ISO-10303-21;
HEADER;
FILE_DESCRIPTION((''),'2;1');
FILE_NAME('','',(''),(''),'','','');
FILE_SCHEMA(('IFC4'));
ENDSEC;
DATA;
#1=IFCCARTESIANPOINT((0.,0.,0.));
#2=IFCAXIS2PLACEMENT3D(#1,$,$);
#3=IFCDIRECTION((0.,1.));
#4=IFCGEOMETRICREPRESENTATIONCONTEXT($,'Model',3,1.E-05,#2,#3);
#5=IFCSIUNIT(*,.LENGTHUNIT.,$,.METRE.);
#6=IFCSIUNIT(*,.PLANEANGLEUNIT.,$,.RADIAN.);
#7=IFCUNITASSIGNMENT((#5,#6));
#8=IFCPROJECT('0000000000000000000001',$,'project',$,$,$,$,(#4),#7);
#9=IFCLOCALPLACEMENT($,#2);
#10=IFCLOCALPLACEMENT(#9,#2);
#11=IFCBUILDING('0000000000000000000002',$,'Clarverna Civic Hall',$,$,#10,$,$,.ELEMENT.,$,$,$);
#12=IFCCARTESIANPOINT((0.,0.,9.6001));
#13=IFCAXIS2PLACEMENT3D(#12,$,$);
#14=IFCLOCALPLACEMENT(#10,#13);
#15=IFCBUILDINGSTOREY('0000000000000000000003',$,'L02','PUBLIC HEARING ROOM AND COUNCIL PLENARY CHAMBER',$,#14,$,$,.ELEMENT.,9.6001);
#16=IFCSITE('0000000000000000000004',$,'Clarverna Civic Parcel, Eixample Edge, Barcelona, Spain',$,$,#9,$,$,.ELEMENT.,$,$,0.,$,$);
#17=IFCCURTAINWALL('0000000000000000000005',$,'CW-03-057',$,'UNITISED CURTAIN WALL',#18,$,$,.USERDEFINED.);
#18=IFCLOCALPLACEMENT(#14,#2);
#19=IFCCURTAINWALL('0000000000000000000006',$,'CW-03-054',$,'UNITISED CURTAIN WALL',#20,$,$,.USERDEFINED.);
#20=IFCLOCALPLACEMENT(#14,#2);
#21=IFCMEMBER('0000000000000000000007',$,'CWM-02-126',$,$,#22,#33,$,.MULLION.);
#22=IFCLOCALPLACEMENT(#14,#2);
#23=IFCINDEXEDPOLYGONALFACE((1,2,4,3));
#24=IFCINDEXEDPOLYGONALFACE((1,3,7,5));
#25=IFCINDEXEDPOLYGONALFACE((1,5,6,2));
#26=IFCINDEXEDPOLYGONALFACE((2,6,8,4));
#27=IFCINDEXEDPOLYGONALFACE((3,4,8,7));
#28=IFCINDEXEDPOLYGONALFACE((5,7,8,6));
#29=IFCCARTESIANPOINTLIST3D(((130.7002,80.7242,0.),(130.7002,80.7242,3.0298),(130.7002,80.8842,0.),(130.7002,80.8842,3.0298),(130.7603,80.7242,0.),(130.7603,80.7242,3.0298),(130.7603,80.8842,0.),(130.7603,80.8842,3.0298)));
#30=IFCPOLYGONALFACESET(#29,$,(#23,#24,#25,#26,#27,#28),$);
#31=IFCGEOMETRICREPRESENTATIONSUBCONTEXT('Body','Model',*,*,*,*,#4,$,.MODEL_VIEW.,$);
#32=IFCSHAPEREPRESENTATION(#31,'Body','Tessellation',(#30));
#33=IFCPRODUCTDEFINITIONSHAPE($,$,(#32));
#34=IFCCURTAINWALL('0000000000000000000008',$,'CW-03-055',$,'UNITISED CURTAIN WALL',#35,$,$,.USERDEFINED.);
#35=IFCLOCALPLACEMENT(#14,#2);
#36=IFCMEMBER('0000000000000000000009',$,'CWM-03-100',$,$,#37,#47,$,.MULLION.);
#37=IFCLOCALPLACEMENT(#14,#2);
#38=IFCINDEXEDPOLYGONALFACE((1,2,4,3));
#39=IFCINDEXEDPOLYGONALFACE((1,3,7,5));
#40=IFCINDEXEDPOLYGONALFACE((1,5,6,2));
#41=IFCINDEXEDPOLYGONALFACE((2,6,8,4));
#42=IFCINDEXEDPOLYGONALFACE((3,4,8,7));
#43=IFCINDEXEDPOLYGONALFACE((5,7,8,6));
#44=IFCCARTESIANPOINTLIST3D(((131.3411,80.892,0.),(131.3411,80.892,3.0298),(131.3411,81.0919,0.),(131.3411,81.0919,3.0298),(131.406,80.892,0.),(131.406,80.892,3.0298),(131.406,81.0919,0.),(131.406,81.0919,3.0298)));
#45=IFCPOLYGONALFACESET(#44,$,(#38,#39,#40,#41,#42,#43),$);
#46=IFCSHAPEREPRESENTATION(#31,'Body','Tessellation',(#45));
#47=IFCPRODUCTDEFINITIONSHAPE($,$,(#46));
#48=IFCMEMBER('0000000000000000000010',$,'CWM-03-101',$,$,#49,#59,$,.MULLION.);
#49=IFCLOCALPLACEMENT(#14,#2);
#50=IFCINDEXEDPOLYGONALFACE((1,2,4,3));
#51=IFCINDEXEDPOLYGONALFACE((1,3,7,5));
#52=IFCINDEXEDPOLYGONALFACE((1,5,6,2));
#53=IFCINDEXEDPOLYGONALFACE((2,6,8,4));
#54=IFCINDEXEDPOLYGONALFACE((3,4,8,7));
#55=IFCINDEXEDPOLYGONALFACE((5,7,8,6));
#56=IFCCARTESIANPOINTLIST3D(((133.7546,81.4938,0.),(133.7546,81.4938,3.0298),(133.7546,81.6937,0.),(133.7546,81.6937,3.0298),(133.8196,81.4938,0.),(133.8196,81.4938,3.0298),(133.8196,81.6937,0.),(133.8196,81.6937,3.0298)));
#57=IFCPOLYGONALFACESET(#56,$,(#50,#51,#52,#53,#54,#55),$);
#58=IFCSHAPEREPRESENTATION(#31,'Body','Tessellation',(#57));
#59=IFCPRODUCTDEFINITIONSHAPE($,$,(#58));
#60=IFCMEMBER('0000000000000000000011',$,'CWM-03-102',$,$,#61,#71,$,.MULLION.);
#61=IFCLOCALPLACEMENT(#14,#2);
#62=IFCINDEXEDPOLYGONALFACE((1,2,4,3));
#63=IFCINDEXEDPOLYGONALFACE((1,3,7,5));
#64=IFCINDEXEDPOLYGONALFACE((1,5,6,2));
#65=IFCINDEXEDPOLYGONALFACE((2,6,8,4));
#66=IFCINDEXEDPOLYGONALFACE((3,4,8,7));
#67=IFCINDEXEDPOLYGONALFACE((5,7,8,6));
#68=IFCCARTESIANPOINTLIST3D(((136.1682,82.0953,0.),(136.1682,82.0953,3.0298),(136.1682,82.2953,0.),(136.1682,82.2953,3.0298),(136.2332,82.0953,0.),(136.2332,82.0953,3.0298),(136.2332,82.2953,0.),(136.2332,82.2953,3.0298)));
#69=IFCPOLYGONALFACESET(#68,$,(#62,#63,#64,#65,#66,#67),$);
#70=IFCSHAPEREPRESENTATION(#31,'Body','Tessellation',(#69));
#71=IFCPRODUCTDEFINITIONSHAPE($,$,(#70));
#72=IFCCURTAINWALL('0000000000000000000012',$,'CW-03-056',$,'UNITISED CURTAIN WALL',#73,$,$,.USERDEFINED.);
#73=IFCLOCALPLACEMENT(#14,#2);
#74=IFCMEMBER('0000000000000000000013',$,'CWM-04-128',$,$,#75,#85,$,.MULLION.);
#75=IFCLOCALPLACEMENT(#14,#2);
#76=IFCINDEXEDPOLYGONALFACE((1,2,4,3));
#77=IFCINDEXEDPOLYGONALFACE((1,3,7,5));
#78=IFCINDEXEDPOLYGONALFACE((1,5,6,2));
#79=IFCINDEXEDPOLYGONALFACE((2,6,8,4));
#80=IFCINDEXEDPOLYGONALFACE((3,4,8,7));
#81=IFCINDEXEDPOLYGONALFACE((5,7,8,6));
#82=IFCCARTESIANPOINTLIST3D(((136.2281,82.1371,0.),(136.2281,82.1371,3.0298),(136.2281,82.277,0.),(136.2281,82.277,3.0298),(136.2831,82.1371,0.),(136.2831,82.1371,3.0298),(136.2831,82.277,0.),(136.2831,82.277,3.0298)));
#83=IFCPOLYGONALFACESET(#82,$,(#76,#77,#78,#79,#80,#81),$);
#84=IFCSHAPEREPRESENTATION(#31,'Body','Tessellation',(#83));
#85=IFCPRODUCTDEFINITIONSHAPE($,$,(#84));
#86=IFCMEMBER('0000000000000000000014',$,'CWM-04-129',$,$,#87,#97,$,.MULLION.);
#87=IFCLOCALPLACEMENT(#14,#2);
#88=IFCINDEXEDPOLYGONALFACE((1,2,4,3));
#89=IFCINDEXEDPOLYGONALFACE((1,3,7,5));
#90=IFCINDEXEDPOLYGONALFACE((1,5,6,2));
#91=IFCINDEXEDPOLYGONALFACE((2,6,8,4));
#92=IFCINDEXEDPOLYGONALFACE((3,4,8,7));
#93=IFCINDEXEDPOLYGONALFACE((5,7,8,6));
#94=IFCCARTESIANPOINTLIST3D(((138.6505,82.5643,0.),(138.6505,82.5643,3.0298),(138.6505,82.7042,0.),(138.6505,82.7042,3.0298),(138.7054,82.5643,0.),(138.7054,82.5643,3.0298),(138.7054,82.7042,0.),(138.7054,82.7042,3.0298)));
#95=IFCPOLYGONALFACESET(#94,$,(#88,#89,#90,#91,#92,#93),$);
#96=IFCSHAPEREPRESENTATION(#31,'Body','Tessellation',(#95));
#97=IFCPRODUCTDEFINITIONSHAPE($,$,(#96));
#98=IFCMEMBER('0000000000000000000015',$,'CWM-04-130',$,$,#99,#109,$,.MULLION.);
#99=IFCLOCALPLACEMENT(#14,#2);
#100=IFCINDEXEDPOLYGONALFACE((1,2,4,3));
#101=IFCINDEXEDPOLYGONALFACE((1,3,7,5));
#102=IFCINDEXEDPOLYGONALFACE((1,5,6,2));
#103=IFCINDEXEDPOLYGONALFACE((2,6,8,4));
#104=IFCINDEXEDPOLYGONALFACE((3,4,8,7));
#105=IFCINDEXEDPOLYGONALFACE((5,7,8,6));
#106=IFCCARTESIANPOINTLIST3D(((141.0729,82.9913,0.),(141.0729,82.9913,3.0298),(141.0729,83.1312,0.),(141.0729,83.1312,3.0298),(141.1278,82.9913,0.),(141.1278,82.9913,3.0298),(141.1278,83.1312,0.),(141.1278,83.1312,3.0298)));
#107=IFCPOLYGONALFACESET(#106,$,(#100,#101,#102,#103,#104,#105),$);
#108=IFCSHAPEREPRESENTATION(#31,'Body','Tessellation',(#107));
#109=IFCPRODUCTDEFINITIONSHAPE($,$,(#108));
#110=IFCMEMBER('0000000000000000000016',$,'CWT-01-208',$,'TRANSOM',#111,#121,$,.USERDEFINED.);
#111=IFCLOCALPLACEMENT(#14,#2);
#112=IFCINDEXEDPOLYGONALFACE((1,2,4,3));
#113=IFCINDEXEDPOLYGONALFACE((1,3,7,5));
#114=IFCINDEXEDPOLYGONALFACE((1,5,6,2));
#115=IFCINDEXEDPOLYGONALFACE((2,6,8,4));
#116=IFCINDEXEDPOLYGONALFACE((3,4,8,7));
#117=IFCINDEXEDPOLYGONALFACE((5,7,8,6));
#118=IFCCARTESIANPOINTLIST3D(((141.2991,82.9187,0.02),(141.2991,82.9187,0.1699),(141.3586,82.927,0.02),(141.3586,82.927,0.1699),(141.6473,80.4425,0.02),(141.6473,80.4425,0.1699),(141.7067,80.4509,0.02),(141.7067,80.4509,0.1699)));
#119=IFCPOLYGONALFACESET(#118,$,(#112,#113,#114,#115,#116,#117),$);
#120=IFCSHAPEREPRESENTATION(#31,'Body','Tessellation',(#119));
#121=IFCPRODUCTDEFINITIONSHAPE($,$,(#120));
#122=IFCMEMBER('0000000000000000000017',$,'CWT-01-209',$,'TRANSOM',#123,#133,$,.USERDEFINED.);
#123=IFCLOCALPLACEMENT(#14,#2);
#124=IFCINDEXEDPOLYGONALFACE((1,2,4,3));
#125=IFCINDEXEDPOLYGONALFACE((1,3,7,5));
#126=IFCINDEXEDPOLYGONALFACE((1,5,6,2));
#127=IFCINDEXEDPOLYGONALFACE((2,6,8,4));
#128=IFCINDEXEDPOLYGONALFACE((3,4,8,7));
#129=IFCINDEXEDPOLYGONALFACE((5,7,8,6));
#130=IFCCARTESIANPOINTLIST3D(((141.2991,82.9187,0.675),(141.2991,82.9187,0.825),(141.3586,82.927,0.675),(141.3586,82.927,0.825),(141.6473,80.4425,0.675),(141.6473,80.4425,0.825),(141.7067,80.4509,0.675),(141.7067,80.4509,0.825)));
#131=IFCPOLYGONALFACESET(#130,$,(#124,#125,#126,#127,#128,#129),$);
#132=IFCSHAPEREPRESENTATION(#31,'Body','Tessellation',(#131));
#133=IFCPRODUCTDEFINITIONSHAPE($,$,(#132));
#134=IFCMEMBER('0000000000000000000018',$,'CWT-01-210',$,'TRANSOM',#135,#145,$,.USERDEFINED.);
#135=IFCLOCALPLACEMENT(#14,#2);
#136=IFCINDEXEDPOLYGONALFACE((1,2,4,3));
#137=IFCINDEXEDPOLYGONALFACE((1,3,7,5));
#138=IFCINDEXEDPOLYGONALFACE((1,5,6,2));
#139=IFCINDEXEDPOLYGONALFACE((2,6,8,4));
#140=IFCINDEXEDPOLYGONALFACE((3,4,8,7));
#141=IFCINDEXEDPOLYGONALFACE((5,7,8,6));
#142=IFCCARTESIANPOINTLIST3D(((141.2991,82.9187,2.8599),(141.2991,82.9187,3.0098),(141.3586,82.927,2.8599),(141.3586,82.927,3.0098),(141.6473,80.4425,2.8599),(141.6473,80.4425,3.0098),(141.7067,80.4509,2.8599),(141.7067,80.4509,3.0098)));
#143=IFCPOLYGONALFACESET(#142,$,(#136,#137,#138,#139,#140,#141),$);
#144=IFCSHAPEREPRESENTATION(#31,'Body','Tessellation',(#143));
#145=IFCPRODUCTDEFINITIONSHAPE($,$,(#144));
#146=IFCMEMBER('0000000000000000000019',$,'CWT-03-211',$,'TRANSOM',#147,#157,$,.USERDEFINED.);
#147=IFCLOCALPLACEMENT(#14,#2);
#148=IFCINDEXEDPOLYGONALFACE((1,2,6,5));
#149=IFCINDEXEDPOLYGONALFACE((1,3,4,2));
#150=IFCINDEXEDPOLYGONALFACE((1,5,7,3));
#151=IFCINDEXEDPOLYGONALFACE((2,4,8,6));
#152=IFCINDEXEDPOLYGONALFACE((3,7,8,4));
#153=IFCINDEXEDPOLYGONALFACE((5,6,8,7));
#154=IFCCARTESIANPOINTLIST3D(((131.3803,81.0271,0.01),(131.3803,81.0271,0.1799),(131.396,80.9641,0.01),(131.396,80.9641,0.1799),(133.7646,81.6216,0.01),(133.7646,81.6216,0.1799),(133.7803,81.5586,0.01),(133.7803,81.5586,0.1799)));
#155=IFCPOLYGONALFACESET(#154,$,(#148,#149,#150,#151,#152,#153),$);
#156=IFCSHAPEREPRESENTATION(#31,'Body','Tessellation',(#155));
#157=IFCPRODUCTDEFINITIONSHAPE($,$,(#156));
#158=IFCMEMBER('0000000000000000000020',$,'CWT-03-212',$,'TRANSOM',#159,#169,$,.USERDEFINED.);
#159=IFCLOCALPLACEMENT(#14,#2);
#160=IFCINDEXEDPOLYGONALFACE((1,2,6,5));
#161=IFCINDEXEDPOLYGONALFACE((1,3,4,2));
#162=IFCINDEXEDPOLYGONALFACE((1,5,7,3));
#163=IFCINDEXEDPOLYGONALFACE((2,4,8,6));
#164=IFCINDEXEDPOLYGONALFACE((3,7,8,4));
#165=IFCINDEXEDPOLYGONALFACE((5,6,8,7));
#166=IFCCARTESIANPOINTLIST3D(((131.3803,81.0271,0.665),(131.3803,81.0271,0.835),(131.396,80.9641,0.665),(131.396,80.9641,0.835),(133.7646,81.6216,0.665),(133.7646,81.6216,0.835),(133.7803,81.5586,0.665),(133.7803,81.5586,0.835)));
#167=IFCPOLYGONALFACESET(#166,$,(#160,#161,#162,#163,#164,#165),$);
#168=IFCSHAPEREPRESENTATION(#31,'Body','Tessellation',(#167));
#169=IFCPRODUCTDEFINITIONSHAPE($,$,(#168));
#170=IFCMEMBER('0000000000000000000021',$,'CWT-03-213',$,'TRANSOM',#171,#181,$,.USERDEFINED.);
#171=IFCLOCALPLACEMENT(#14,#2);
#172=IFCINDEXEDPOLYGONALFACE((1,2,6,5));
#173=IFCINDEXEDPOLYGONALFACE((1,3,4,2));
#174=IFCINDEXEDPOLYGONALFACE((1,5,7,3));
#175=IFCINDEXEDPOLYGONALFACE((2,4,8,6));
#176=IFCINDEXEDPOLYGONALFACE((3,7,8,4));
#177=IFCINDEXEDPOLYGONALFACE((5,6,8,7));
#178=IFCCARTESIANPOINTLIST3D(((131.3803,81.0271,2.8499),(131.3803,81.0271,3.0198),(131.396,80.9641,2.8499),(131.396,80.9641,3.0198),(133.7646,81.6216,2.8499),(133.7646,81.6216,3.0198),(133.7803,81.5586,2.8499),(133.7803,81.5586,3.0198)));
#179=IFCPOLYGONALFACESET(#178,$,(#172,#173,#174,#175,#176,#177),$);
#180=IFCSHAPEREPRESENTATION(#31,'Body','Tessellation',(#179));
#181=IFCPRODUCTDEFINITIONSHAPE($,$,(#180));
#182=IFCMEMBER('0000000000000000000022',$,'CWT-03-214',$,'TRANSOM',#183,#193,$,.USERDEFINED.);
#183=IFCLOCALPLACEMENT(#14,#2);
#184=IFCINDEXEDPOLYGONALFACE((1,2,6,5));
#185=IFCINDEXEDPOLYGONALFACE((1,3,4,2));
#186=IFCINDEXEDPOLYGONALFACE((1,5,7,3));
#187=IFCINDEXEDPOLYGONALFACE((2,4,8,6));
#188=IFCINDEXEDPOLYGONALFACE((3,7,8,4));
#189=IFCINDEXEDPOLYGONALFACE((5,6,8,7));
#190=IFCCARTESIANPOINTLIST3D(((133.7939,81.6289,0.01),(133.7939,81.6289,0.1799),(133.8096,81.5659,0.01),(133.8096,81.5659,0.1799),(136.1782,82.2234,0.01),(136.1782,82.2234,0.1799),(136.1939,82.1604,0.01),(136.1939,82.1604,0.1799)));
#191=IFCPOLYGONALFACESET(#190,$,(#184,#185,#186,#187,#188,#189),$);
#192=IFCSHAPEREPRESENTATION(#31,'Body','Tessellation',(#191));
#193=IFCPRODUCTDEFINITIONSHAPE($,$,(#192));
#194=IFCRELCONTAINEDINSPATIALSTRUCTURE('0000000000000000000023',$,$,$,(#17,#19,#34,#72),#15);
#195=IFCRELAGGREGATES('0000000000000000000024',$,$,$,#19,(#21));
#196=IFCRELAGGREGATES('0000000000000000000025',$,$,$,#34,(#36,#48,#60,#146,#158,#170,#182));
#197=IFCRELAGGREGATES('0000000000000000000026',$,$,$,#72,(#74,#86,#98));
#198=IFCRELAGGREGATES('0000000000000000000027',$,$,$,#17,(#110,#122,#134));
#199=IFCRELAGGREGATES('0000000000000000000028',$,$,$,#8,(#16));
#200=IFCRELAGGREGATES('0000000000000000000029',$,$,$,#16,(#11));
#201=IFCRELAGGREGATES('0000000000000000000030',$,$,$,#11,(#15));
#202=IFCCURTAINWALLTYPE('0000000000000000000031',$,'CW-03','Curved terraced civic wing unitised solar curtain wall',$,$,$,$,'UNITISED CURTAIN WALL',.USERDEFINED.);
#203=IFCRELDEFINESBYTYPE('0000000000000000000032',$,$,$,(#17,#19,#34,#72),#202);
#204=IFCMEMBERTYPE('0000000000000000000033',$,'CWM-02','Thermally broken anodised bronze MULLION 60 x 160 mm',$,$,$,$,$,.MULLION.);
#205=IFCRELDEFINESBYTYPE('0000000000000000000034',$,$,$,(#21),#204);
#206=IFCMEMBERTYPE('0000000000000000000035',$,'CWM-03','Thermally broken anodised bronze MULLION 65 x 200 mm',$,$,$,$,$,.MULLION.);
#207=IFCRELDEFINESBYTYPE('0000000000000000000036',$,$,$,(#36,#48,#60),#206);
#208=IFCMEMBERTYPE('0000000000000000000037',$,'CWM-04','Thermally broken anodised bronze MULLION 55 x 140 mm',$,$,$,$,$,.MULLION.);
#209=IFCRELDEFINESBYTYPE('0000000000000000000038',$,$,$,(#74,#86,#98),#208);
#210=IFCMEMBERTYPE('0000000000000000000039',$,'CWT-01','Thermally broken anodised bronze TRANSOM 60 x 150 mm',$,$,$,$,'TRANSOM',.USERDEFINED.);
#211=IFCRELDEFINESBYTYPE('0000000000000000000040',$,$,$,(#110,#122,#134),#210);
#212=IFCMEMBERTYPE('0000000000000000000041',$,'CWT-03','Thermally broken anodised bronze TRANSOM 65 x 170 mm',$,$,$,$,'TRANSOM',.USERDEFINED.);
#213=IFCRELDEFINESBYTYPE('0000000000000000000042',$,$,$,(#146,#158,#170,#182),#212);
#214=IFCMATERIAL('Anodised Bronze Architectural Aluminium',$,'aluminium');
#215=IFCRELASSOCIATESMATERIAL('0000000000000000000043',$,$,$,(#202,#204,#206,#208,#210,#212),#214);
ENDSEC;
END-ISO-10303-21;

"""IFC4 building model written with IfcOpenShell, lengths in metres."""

from ifc_helpers import new_model, si_unit, direction, frame, origin, origin_2d, place, context, subcontext, project, spatial, rectangle, extrude, material, material_profile, profile_set, type_object, element, aggregate, save


model = new_model("IFC4")

# Units and contexts
model_context = context("Model", 3, precision=1e-05, world=origin(), true_north=direction((0.0, 1.0)))
body_context = subcontext(model_context, "Body", "Model", "MODEL_VIEW")
ifc_project = project(units=[si_unit("LENGTHUNIT", "METRE"), si_unit("PLANEANGLEUNIT", "RADIAN")], contexts=[model_context])

# Site, building, storey
site_placement = place(None, origin())
site = spatial("IfcSite", under=ifc_project, at=site_placement, Name="Clarverna Civic Parcel, Eixample Edge, Barcelona, Spain", CompositionType="ELEMENT", RefElevation=0.0)
building_placement = place(site_placement, origin())
building = spatial("IfcBuilding", under=site, at=building_placement, Name="Clarverna Civic Hall", CompositionType="ELEMENT")
storey_placement = place(building_placement, frame((0.0, 0.0, 9.6001)))
storey = spatial("IfcBuildingStorey", under=building, at=storey_placement, Name="L02", Description="PUBLIC HEARING ROOM AND COUNCIL PLENARY CHAMBER", CompositionType="ELEMENT", Elevation=9.6001)

# Curtain wall
ifc_material_1 = material(Name="Anodised Bronze Architectural Aluminium", Category="aluminium")
curtain_wall_type = type_object("IfcCurtainWallType", Name="CW-03", Description="Curved terraced civic wing unitised solar curtain wall", ElementType="UNITISED CURTAIN WALL", PredefinedType="USERDEFINED", material=ifc_material_1)
curtain_wall_1_placement = place(storey_placement, origin())
curtain_wall_1 = element("IfcCurtainWall", 1, at=curtain_wall_1_placement, inside=storey, type_object=curtain_wall_type, Name="CW-03-057", ObjectType="UNITISED CURTAIN WALL", PredefinedType="USERDEFINED")

# Curtain wall, member
curtain_wall_2_placement = place(storey_placement, origin())
curtain_wall_2 = element("IfcCurtainWall", 2, at=curtain_wall_2_placement, inside=storey, type_object=curtain_wall_type, Name="CW-03-054", ObjectType="UNITISED CURTAIN WALL", PredefinedType="USERDEFINED")
ifc_material_profile_1 = material_profile(ifc_material_1, rectangle(XDim=0.0601, YDim=0.1599, at=origin_2d()), Name="BRONZE 60x160")
ifc_profile_set_1 = profile_set([ifc_material_profile_1], Name="Anodised Bronze Architectural Aluminium")
member_type_1 = type_object("IfcMemberType", Name="CWM-02", Description="Thermally broken anodised bronze MULLION 60 x 160 mm", PredefinedType="MULLION", material=ifc_profile_set_1)
member_1_placement = place(storey_placement, frame((130.7302, 80.8042, 0.0), z_axis=(0.0, 0.0, 1.0), x_axis=(1.0, 0.0, 0.0)))
member_1 = element("IfcMember", 3, at=member_1_placement, type_object=member_type_1, Name="CWM-02-126", PredefinedType="MULLION", context=body_context, shape_type="SweptSolid", body=[
    extrude(rectangle(XDim=0.0601, YDim=0.1599, at=origin_2d()), origin(), (0.0, 0.0, 1.0), 3.0298),
])
aggregate(curtain_wall_2, [member_1])

# Curtain walls, members
curtain_wall_3_placement = place(storey_placement, origin())
curtain_wall_3 = element("IfcCurtainWall", 4, at=curtain_wall_3_placement, inside=storey, type_object=curtain_wall_type, Name="CW-03-055", ObjectType="UNITISED CURTAIN WALL", PredefinedType="USERDEFINED")
ifc_material_profile_2 = material_profile(ifc_material_1, rectangle(XDim=0.0649, YDim=0.2, at=origin_2d()), Name="BRONZE 65x200")
ifc_profile_set_2 = profile_set([ifc_material_profile_2], Name="Anodised Bronze Architectural Aluminium")
member_type_2 = type_object("IfcMemberType", Name="CWM-03", Description="Thermally broken anodised bronze MULLION 65 x 200 mm", PredefinedType="MULLION", material=ifc_profile_set_2)
member_2_placement = place(storey_placement, frame((131.3735, 80.9919, 0.0), z_axis=(0.0, 0.0, 1.0), x_axis=(1.0, 0.0, 0.0)))
member_2 = element("IfcMember", 5, at=member_2_placement, type_object=member_type_2, Name="CWM-03-100", PredefinedType="MULLION", context=body_context, shape_type="SweptSolid", body=[
    extrude(rectangle(XDim=0.0649, YDim=0.2, at=origin_2d()), origin(), (0.0, 0.0, 1.0), 3.0298),
])
member_3_placement = place(storey_placement, frame((133.7871, 81.5938, 0.0), z_axis=(0.0, 0.0, 1.0), x_axis=(1.0, 0.0, 0.0)))
member_3 = element("IfcMember", 6, at=member_3_placement, type_object=member_type_2, Name="CWM-03-101", PredefinedType="MULLION", context=body_context, shape_type="SweptSolid", body=[
    extrude(rectangle(XDim=0.0649, YDim=0.2, at=origin_2d()), origin(), (0.0, 0.0, 1.0), 3.0298),
])
member_4_placement = place(storey_placement, frame((136.2007, 82.1953, 0.0), z_axis=(0.0, 0.0, 1.0), x_axis=(1.0, 0.0, 0.0)))
member_4 = element("IfcMember", 7, at=member_4_placement, type_object=member_type_2, Name="CWM-03-102", PredefinedType="MULLION", context=body_context, shape_type="SweptSolid", body=[
    extrude(rectangle(XDim=0.0649, YDim=0.2, at=origin_2d()), origin(), (0.0, 0.0, 1.0), 3.0298),
])
curtain_wall_4_placement = place(storey_placement, origin())
curtain_wall_4 = element("IfcCurtainWall", 8, at=curtain_wall_4_placement, inside=storey, type_object=curtain_wall_type, Name="CW-03-056", ObjectType="UNITISED CURTAIN WALL", PredefinedType="USERDEFINED")
ifc_material_profile_3 = material_profile(ifc_material_1, rectangle(XDim=0.0549, YDim=0.1399, at=origin_2d()), Name="BRONZE 55x140")
ifc_profile_set_3 = profile_set([ifc_material_profile_3], Name="Anodised Bronze Architectural Aluminium")
member_type_3 = type_object("IfcMemberType", Name="CWM-04", Description="Thermally broken anodised bronze MULLION 55 x 140 mm", PredefinedType="MULLION", material=ifc_profile_set_3)
member_5_placement = place(storey_placement, frame((136.2556, 82.207, 0.0), z_axis=(0.0, 0.0, 1.0), x_axis=(1.0, 0.0, 0.0)))
member_5 = element("IfcMember", 9, at=member_5_placement, type_object=member_type_3, Name="CWM-04-128", PredefinedType="MULLION", context=body_context, shape_type="SweptSolid", body=[
    extrude(rectangle(XDim=0.0549, YDim=0.1399, at=origin_2d()), origin(), (0.0, 0.0, 1.0), 3.0298),
])
member_6_placement = place(storey_placement, frame((138.678, 82.6343, 0.0), z_axis=(0.0, 0.0, 1.0), x_axis=(1.0, 0.0, 0.0)))
member_6 = element("IfcMember", 10, at=member_6_placement, type_object=member_type_3, Name="CWM-04-129", PredefinedType="MULLION", context=body_context, shape_type="SweptSolid", body=[
    extrude(rectangle(XDim=0.0549, YDim=0.1399, at=origin_2d()), origin(), (0.0, 0.0, 1.0), 3.0298),
])
member_7_placement = place(storey_placement, frame((141.1003, 83.0613, 0.0), z_axis=(0.0, 0.0, 1.0), x_axis=(1.0, 0.0, 0.0)))
member_7 = element("IfcMember", 11, at=member_7_placement, type_object=member_type_3, Name="CWM-04-130", PredefinedType="MULLION", context=body_context, shape_type="SweptSolid", body=[
    extrude(rectangle(XDim=0.0549, YDim=0.1399, at=origin_2d()), origin(), (0.0, 0.0, 1.0), 3.0298),
])

# Members
ifc_material_profile_4 = material_profile(ifc_material_1, rectangle(XDim=0.0601, YDim=0.1499, at=origin_2d()), Name="BRONZE 60x150")
ifc_profile_set_4 = profile_set([ifc_material_profile_4], Name="Anodised Bronze Architectural Aluminium")
member_type_4 = type_object("IfcMemberType", Name="CWT-01", Description="Thermally broken anodised bronze TRANSOM 60 x 150 mm", ElementType="TRANSOM", PredefinedType="USERDEFINED", material=ifc_profile_set_4)
member_8_placement = place(storey_placement, frame((141.3289, 82.9229, 0.095), z_axis=(0.139234, -0.99026, 0.0), x_axis=(0.99026, 0.139234, 0.0)))
member_8 = element("IfcMember", 12, at=member_8_placement, type_object=member_type_4, Name="CWT-01-208", ObjectType="TRANSOM", PredefinedType="USERDEFINED", context=body_context, shape_type="SweptSolid", body=[
    extrude(rectangle(XDim=0.0601, YDim=0.1499, at=origin_2d()), origin(), (0.0, 0.0, 1.0), 2.5005),
])
member_9_placement = place(storey_placement, frame((141.3289, 82.9229, 0.75), z_axis=(0.139234, -0.99026, 0.0), x_axis=(0.99026, 0.139234, 0.0)))
member_9 = element("IfcMember", 13, at=member_9_placement, type_object=member_type_4, Name="CWT-01-209", ObjectType="TRANSOM", PredefinedType="USERDEFINED", context=body_context, shape_type="SweptSolid", body=[
    extrude(rectangle(XDim=0.0601, YDim=0.1499, at=origin_2d()), origin(), (0.0, 0.0, 1.0), 2.5005),
])
member_10_placement = place(storey_placement, frame((141.3289, 82.9229, 2.9348), z_axis=(0.139234, -0.99026, 0.0), x_axis=(0.99026, 0.139234, 0.0)))
member_10 = element("IfcMember", 14, at=member_10_placement, type_object=member_type_4, Name="CWT-01-210", ObjectType="TRANSOM", PredefinedType="USERDEFINED", context=body_context, shape_type="SweptSolid", body=[
    extrude(rectangle(XDim=0.0601, YDim=0.1499, at=origin_2d()), origin(), (0.0, 0.0, 1.0), 2.5005),
])
ifc_material_profile_5 = material_profile(ifc_material_1, rectangle(XDim=0.0649, YDim=0.1699, at=origin_2d()), Name="BRONZE 65x170")
ifc_profile_set_5 = profile_set([ifc_material_profile_5], Name="Anodised Bronze Architectural Aluminium")
member_type_5 = type_object("IfcMemberType", Name="CWT-03", Description="Thermally broken anodised bronze TRANSOM 65 x 170 mm", ElementType="TRANSOM", PredefinedType="USERDEFINED", material=ifc_profile_set_5)
member_11_placement = place(storey_placement, frame((131.3882, 80.9956, 0.095), z_axis=(0.970294, 0.241928, 0.0), x_axis=(-0.241928, 0.970294, 0.0)))
member_11 = element("IfcMember", 15, at=member_11_placement, type_object=member_type_5, Name="CWT-03-211", ObjectType="TRANSOM", PredefinedType="USERDEFINED", context=body_context, shape_type="SweptSolid", body=[
    extrude(rectangle(XDim=0.0649, YDim=0.1699, at=origin_2d()), origin(), (0.0, 0.0, 1.0), 2.4573),
])
member_12_placement = place(storey_placement, frame((131.3882, 80.9956, 0.75), z_axis=(0.970294, 0.241928, 0.0), x_axis=(-0.241928, 0.970294, 0.0)))
member_12 = element("IfcMember", 16, at=member_12_placement, type_object=member_type_5, Name="CWT-03-212", ObjectType="TRANSOM", PredefinedType="USERDEFINED", context=body_context, shape_type="SweptSolid", body=[
    extrude(rectangle(XDim=0.0649, YDim=0.1699, at=origin_2d()), origin(), (0.0, 0.0, 1.0), 2.4573),
])
member_13_placement = place(storey_placement, frame((131.3882, 80.9956, 2.9348), z_axis=(0.970294, 0.241928, 0.0), x_axis=(-0.241928, 0.970294, 0.0)))
member_13 = element("IfcMember", 17, at=member_13_placement, type_object=member_type_5, Name="CWT-03-213", ObjectType="TRANSOM", PredefinedType="USERDEFINED", context=body_context, shape_type="SweptSolid", body=[
    extrude(rectangle(XDim=0.0649, YDim=0.1699, at=origin_2d()), origin(), (0.0, 0.0, 1.0), 2.4573),
])
member_14_placement = place(storey_placement, frame((133.8018, 81.5974, 0.095), z_axis=(0.970294, 0.241928, 0.0), x_axis=(-0.241928, 0.970294, 0.0)))
member_14 = element("IfcMember", 18, at=member_14_placement, type_object=member_type_5, Name="CWT-03-214", ObjectType="TRANSOM", PredefinedType="USERDEFINED", context=body_context, shape_type="SweptSolid", body=[
    extrude(rectangle(XDim=0.0649, YDim=0.1699, at=origin_2d()), origin(), (0.0, 0.0, 1.0), 2.4573),
])

aggregate(curtain_wall_3, [member_2, member_3, member_4, member_11, member_12, member_13, member_14])
aggregate(curtain_wall_4, [member_5, member_6, member_7])
aggregate(curtain_wall_1, [member_8, member_9, member_10])

save(model, "model.ifc")
